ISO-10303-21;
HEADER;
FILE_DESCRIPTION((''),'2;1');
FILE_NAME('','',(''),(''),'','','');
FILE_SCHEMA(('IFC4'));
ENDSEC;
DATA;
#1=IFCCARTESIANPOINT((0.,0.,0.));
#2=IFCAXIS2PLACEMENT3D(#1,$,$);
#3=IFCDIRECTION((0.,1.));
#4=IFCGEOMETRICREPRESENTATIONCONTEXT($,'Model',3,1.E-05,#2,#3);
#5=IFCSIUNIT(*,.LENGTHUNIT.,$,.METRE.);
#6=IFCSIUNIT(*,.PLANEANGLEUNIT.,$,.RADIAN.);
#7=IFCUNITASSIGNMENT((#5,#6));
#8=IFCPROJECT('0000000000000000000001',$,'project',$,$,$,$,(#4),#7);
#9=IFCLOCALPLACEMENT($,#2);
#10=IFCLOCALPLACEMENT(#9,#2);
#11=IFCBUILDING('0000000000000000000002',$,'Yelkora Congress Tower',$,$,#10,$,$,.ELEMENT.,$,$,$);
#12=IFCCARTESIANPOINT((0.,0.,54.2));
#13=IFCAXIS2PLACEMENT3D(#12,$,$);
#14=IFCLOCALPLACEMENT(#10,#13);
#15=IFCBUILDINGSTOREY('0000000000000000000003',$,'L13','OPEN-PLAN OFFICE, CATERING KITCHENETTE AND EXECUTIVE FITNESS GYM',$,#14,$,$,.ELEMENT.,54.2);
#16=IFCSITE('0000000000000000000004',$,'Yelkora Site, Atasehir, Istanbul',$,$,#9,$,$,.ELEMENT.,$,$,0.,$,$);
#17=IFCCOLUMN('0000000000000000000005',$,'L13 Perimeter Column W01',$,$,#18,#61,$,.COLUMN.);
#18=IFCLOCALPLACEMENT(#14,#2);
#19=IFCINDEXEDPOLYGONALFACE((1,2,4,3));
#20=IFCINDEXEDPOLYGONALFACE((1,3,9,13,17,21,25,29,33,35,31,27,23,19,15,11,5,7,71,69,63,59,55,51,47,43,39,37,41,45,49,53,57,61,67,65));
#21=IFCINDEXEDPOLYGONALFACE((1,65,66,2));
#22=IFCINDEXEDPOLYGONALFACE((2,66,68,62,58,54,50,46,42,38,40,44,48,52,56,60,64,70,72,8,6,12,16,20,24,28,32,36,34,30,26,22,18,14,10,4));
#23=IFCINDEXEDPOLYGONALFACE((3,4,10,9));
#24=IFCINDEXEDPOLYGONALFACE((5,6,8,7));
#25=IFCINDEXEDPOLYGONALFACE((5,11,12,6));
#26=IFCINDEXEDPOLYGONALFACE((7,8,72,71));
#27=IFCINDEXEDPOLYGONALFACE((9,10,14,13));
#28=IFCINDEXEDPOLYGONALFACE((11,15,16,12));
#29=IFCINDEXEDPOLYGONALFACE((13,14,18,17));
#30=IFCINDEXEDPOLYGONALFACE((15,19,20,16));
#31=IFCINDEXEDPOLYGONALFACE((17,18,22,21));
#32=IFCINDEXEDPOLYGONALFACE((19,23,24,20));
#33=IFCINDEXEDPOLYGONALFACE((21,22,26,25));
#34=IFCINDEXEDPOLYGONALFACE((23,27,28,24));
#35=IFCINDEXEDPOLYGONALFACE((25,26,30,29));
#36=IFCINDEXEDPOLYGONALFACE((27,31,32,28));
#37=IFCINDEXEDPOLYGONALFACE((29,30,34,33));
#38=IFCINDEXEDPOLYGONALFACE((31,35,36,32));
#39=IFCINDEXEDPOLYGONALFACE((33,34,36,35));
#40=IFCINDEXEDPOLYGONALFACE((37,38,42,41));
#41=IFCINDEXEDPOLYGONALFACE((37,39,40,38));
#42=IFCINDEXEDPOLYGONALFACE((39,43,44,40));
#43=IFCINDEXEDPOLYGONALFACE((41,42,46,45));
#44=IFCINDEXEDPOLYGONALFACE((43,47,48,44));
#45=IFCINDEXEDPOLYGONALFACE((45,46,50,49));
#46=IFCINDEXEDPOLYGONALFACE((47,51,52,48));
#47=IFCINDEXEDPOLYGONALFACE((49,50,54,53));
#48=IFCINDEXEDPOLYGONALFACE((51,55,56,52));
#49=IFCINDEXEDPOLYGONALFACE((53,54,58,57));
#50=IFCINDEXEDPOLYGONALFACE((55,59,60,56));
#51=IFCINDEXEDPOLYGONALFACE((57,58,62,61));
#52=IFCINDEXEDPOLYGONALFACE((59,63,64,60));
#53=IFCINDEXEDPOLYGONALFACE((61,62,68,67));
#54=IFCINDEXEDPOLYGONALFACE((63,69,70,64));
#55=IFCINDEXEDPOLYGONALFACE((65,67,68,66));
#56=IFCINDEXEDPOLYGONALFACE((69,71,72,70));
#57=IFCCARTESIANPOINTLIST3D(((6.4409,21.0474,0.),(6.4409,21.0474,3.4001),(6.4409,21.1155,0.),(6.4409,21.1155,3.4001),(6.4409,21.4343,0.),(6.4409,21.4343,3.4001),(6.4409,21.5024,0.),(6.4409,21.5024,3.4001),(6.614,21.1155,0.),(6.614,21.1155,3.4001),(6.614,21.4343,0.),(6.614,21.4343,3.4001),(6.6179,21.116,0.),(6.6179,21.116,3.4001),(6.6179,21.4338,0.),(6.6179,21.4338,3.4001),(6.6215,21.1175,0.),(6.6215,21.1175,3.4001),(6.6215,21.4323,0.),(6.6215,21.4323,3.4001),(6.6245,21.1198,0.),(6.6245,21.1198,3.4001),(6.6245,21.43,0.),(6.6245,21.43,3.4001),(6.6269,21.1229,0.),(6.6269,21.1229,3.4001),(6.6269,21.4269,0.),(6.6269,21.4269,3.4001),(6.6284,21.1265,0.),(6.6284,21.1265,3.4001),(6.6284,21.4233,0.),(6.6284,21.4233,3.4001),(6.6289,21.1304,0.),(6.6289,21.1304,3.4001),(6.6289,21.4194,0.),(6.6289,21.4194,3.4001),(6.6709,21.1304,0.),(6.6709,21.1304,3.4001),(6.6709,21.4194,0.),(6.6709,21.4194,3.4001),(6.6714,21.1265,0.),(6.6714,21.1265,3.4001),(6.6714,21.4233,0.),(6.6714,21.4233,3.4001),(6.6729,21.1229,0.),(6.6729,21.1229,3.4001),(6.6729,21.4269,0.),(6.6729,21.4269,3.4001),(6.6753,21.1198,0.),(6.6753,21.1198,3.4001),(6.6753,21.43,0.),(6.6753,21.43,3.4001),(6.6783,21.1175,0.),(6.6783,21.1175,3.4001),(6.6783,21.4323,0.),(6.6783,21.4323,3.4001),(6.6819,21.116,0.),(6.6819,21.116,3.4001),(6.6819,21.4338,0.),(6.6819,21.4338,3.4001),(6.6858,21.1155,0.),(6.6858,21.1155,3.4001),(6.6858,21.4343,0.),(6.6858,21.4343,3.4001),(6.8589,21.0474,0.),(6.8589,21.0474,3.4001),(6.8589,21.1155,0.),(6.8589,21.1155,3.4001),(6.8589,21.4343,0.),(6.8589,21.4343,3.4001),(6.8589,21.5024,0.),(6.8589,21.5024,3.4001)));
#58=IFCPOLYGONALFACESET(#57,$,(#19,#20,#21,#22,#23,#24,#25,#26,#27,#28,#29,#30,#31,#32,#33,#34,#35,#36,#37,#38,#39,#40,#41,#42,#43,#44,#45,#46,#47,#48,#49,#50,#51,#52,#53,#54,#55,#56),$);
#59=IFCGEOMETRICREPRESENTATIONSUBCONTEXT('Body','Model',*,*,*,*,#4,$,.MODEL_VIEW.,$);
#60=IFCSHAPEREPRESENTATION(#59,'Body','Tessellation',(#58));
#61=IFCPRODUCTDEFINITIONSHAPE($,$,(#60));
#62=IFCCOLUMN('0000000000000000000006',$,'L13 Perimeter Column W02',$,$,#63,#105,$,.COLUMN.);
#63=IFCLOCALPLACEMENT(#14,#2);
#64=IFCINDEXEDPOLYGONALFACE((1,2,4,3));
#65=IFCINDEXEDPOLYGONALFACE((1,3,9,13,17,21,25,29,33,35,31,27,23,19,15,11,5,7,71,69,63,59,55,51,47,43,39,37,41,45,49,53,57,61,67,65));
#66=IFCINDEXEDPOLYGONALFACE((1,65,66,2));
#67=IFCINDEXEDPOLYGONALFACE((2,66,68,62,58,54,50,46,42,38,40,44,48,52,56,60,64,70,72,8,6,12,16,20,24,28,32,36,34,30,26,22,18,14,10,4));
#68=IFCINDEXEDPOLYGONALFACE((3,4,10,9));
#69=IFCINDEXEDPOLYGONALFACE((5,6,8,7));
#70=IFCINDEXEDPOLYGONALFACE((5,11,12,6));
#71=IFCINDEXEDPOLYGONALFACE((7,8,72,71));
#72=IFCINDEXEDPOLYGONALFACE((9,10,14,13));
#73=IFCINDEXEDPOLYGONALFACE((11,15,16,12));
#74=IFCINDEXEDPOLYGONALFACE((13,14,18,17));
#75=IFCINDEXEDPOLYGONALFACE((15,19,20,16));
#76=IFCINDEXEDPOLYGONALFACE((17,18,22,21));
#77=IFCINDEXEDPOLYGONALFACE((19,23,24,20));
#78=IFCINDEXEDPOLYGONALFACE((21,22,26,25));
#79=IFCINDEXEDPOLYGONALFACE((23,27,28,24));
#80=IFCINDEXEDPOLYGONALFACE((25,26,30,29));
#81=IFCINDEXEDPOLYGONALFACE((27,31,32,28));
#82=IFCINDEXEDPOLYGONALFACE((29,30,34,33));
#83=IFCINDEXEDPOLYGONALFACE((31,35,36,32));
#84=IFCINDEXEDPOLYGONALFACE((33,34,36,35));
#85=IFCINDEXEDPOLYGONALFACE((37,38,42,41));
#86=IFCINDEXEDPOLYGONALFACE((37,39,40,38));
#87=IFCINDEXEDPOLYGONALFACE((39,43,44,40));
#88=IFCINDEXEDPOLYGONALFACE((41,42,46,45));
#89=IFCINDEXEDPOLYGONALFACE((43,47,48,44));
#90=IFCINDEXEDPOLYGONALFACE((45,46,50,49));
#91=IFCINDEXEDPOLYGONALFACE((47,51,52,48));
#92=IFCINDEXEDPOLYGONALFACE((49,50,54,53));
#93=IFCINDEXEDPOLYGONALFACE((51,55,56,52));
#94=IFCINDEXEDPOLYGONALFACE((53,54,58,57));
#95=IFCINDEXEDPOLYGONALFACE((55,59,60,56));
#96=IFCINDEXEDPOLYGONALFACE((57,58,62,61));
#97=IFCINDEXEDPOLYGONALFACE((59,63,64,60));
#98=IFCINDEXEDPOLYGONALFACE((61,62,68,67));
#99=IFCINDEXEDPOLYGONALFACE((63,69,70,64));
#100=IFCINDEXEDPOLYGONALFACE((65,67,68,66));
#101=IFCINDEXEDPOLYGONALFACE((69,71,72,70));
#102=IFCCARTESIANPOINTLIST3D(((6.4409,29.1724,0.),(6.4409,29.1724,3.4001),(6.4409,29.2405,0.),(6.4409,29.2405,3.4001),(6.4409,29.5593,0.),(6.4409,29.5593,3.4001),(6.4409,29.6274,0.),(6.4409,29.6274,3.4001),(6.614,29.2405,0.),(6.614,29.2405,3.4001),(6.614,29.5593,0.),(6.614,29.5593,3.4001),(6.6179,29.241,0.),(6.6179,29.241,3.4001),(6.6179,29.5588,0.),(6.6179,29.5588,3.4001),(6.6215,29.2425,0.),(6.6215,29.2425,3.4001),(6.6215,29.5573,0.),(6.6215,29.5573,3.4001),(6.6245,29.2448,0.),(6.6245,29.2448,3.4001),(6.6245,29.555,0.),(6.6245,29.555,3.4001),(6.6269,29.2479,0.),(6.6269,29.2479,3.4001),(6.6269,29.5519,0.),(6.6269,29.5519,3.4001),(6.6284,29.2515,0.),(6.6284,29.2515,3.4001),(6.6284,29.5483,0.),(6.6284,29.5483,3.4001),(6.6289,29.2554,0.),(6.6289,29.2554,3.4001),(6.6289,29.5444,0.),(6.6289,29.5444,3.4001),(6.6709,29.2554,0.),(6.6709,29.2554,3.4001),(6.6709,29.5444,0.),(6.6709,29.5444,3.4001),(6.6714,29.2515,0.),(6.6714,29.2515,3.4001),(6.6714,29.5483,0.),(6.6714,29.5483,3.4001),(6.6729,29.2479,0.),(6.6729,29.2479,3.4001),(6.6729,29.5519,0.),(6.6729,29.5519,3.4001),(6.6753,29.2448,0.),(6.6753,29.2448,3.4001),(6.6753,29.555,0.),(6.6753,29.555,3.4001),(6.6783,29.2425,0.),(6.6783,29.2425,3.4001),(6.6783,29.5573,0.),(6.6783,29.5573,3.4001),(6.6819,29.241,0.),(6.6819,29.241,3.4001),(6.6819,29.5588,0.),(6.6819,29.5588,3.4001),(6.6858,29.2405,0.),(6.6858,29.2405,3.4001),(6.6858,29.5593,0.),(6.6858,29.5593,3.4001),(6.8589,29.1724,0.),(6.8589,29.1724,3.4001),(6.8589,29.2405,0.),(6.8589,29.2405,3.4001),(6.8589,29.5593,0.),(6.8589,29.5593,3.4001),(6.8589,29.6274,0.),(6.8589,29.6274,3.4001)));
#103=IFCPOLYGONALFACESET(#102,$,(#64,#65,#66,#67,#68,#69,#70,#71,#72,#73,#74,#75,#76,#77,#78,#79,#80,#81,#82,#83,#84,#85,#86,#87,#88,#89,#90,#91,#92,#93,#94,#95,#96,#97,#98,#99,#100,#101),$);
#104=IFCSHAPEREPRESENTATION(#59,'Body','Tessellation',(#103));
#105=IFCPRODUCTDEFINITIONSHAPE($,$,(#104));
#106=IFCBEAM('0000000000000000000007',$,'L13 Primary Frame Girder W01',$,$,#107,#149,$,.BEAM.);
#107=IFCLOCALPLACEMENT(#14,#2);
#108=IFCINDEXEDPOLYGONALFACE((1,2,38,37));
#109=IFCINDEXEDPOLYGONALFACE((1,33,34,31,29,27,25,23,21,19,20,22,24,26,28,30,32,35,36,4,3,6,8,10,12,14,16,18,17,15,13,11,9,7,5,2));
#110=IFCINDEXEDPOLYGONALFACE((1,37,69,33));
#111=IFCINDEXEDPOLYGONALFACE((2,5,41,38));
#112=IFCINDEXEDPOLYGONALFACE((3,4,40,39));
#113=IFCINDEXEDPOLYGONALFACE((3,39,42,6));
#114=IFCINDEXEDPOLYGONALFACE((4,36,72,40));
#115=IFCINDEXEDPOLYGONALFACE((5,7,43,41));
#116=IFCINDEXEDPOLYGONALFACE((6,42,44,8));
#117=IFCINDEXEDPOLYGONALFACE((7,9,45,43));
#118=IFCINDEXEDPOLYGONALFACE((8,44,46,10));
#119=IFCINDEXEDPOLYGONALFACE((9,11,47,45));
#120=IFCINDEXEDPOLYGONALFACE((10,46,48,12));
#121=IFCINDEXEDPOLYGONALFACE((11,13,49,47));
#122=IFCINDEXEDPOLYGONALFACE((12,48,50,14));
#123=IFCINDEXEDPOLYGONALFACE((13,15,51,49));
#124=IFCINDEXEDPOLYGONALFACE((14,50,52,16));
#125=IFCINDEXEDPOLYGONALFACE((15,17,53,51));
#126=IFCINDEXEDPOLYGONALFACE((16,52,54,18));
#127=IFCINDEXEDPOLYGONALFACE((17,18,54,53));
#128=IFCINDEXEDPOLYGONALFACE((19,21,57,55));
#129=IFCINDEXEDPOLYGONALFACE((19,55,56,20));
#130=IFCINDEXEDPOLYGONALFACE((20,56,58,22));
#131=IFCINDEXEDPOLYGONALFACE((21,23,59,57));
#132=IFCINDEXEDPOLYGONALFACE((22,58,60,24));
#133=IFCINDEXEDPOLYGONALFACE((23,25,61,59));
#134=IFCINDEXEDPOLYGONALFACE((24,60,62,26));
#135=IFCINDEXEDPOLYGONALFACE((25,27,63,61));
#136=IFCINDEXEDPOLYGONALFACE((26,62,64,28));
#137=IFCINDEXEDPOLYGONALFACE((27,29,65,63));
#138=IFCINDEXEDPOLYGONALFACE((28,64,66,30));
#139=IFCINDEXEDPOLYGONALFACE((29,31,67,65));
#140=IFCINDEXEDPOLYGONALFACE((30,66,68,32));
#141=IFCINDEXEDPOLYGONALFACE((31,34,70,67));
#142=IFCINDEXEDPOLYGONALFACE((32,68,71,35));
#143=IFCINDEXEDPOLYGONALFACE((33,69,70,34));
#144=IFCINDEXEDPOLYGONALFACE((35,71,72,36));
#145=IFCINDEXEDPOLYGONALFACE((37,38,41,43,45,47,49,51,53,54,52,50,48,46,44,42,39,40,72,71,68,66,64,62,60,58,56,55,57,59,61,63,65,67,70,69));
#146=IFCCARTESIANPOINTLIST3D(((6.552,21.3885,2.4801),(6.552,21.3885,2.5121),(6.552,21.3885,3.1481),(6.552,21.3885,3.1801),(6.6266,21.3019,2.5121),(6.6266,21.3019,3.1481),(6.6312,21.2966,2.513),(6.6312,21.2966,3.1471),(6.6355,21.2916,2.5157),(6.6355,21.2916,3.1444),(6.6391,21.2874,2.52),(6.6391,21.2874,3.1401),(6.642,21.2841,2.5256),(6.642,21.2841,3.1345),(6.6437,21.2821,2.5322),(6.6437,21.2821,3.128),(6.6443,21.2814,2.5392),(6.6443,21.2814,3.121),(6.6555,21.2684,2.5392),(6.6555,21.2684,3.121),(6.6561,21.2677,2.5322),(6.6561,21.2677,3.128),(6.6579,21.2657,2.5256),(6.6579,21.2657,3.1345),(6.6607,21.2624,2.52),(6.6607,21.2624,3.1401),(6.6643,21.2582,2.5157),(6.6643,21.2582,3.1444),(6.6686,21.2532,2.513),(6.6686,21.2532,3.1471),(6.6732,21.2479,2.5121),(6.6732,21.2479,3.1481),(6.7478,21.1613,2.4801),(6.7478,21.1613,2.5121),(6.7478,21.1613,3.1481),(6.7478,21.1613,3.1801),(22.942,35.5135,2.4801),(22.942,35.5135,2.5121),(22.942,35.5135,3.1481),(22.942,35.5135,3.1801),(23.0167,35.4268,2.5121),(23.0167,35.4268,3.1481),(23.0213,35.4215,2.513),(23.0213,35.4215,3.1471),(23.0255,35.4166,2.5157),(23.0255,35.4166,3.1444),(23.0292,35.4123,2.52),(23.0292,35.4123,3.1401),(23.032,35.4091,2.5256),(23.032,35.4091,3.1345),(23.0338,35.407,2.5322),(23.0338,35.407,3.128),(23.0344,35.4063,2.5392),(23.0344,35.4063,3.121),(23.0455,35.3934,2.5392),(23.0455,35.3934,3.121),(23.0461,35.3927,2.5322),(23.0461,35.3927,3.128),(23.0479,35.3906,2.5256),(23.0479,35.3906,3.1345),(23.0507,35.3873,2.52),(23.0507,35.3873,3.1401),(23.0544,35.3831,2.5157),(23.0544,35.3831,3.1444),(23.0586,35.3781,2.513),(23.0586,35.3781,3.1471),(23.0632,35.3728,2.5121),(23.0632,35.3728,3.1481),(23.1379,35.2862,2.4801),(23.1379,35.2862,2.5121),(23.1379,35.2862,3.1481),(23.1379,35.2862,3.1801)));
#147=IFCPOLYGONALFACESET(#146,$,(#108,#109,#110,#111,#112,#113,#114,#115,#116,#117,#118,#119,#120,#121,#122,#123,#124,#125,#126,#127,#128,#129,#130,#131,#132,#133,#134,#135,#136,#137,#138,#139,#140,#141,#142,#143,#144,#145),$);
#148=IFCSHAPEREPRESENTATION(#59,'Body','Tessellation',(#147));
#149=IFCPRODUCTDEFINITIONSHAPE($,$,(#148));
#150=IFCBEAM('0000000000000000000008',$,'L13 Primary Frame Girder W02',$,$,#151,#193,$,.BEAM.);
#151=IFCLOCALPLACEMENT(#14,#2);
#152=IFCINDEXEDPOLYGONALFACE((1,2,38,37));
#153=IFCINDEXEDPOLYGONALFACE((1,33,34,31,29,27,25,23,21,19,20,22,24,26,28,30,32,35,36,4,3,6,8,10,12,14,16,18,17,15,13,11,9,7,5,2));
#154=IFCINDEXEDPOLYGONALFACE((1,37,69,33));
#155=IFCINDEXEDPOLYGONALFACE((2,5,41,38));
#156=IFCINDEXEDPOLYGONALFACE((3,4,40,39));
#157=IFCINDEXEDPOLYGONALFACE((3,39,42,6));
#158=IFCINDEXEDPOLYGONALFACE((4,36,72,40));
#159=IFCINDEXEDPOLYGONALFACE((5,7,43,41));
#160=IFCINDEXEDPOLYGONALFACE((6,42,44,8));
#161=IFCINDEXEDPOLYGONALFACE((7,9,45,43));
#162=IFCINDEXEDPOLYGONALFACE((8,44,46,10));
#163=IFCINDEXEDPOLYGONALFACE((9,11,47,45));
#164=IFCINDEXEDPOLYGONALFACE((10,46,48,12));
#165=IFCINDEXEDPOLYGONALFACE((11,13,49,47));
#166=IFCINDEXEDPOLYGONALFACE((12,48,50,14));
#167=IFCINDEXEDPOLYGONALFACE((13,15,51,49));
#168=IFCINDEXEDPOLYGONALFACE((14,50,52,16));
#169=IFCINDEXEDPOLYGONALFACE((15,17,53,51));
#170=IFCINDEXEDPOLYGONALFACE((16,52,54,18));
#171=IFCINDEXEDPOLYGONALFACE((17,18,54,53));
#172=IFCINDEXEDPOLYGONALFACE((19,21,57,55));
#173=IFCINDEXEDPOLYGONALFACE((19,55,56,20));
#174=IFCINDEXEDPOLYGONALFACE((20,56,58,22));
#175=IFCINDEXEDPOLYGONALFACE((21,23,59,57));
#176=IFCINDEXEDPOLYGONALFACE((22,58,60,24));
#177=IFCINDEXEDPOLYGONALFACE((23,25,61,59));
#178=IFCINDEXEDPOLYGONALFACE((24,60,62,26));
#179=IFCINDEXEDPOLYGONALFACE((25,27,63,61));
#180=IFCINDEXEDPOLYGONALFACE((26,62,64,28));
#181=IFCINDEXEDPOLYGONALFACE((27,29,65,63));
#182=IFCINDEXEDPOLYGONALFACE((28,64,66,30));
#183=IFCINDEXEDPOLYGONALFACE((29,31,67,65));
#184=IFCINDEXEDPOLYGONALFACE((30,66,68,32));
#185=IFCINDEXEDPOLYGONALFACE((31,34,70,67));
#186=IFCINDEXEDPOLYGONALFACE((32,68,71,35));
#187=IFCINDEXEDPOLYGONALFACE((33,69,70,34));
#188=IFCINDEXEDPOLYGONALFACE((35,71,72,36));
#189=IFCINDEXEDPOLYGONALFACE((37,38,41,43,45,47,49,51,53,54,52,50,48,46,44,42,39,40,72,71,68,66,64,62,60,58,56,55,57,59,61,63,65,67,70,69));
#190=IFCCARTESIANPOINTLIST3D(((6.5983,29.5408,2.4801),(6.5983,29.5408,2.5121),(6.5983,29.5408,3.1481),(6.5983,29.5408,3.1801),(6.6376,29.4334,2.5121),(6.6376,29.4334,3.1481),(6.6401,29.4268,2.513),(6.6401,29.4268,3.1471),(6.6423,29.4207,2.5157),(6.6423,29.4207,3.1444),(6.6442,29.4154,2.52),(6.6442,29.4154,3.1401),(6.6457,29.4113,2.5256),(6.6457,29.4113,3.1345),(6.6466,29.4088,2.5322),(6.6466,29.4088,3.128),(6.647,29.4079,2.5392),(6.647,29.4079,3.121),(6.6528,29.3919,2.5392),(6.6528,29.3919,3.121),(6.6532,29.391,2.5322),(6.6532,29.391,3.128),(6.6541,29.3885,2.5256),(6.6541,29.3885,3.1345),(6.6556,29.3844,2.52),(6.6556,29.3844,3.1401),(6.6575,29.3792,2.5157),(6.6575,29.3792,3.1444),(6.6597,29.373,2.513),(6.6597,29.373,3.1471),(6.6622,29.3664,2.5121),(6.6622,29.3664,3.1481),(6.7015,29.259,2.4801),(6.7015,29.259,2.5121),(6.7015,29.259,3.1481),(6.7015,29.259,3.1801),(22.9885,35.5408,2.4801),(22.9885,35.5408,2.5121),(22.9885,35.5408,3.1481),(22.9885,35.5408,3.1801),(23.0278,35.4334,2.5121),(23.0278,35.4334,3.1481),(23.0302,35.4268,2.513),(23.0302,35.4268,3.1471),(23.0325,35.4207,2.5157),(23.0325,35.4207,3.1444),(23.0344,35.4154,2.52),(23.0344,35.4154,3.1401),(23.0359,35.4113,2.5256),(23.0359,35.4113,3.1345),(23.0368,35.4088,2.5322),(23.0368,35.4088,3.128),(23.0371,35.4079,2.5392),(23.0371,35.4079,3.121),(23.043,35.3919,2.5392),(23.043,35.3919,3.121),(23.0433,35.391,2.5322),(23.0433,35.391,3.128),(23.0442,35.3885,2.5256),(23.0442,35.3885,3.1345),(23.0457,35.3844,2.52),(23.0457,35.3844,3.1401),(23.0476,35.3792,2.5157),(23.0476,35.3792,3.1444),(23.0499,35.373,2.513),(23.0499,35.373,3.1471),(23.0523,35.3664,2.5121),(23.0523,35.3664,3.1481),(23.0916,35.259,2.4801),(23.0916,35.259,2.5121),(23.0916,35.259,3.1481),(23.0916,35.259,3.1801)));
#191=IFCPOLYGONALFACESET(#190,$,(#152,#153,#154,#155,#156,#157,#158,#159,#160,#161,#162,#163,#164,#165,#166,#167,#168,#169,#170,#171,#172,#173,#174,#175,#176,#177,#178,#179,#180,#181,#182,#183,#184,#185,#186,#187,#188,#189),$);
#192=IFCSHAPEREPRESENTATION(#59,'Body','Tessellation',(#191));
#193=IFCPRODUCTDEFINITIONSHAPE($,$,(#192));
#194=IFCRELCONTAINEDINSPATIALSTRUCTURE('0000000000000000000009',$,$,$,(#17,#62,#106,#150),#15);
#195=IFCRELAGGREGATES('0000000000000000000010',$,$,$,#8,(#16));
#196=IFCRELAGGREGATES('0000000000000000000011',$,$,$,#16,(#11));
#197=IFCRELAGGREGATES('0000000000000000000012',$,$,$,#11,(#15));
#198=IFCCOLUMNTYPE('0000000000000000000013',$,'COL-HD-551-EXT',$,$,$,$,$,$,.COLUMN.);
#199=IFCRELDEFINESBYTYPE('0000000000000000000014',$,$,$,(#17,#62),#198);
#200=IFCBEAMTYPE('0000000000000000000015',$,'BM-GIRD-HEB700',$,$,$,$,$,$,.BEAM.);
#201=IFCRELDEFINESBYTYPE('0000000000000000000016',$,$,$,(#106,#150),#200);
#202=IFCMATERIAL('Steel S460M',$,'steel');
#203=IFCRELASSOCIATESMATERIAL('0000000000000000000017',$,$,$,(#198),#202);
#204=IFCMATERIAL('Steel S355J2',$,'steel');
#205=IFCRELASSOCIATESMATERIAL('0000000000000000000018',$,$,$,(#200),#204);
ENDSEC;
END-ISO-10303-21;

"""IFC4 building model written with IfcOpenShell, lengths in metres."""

from ifc_helpers import new_model, si_unit, direction, frame, origin, origin_2d, place, context, subcontext, project, spatial, i_section, extrude, material, material_profile, profile_set, type_object, element, save


model = new_model("IFC4")

# Units and contexts
model_context = context("Model", 3, precision=1e-05, world=origin(), true_north=direction((0.0, 1.0)))
body_context = subcontext(model_context, "Body", "Model", "MODEL_VIEW")
ifc_project = project(units=[si_unit("LENGTHUNIT", "METRE"), si_unit("PLANEANGLEUNIT", "RADIAN")], contexts=[model_context])

# Site, building, storey
site_placement = place(None, origin())
site = spatial("IfcSite", under=ifc_project, at=site_placement, Name="Yelkora Site, Atasehir, Istanbul", CompositionType="ELEMENT", RefElevation=0.0)
building_placement = place(site_placement, origin())
building = spatial("IfcBuilding", under=site, at=building_placement, Name="Yelkora Congress Tower", CompositionType="ELEMENT")
storey_placement = place(building_placement, frame((0.0, 0.0, 54.2)))
storey = spatial("IfcBuildingStorey", under=building, at=storey_placement, Name="L13", Description="OPEN-PLAN OFFICE, CATERING KITCHENETTE AND EXECUTIVE FITNESS GYM", CompositionType="ELEMENT", Elevation=54.2)

# Columns
ifc_material_1 = material(Name="Steel S460M", Category="steel")
ifc_material_profile_1 = material_profile(ifc_material_1, i_section(OverallWidth=0.418, OverallDepth=0.4551, WebThickness=0.042, FlangeThickness=0.0681, FilletRadius=0.0149, at=origin_2d()), Name="HD 400x551")
ifc_profile_set_1 = profile_set([ifc_material_profile_1], Name="Steel S460M")
column_type = type_object("IfcColumnType", Name="COL-HD-551-EXT", PredefinedType="COLUMN", material=ifc_profile_set_1)
for number, where, z_axis, x_axis, name in (
    (1, (6.6499, 21.2749, 0.0), (0.0, 0.0, 1.0), (1.0, 0.0, 0.0), "L13 Perimeter Column W01"),
    (2, (6.6499, 29.3999, 0.0), (0.0, 0.0, 1.0), (1.0, 0.0, 0.0), "L13 Perimeter Column W02"),
):
    element("IfcColumn", number, at=place(storey_placement, frame(where, z_axis=z_axis, x_axis=x_axis)), inside=storey, type_object=column_type, Name=name, PredefinedType="COLUMN", context=body_context, shape_type="SweptSolid", body=[
        extrude(i_section(OverallWidth=0.418, OverallDepth=0.4551, WebThickness=0.042, FlangeThickness=0.0681, FilletRadius=0.0149, at=origin_2d()), origin(), (0.0, 0.0, 1.0), 3.4001),
    ])

# Beams
ifc_material_2 = material(Name="Steel S355J2", Category="steel")
ifc_material_profile_2 = material_profile(ifc_material_2, i_section(OverallWidth=0.3, OverallDepth=0.7, WebThickness=0.0171, FlangeThickness=0.032, FilletRadius=0.0271, at=origin_2d()), Name="HEB 700")
ifc_profile_set_2 = profile_set([ifc_material_profile_2], Name="Steel S355J2")
beam_type_1 = type_object("IfcBeamType", Name="BM-GIRD-HEB700", PredefinedType="BEAM", material=ifc_profile_set_2)
beam_1_placement = place(storey_placement, frame((6.6499, 21.2749, 2.8301), z_axis=(0.757511, 0.652822, 0.0), x_axis=(-0.652822, 0.757511, 0.0)))
element("IfcBeam", 3, at=beam_1_placement, inside=storey, type_object=beam_type_1, Name="L13 Primary Frame Girder W01", PredefinedType="BEAM", context=body_context, shape_type="SweptSolid", body=[
    extrude(i_section(OverallWidth=0.3, OverallDepth=0.7, WebThickness=0.0171, FlangeThickness=0.032, FilletRadius=0.0271, at=origin_2d()), origin(), (0.0, 0.0, 1.0), 21.6367),
])
beam_2_placement = place(storey_placement, frame((6.6499, 29.3999, 2.8301), z_axis=(0.939056, 0.343764, 0.0), x_axis=(-0.343764, 0.939056, 0.0)))
element("IfcBeam", 4, at=beam_2_placement, inside=storey, type_object=beam_type_1, Name="L13 Primary Frame Girder W02", PredefinedType="BEAM", context=body_context, shape_type="SweptSolid", body=[
    extrude(i_section(OverallWidth=0.3, OverallDepth=0.7, WebThickness=0.0171, FlangeThickness=0.032, FilletRadius=0.0271, at=origin_2d()), origin(), (0.0, 0.0, 1.0), 17.4539),
])

save(model, "model.ifc")
